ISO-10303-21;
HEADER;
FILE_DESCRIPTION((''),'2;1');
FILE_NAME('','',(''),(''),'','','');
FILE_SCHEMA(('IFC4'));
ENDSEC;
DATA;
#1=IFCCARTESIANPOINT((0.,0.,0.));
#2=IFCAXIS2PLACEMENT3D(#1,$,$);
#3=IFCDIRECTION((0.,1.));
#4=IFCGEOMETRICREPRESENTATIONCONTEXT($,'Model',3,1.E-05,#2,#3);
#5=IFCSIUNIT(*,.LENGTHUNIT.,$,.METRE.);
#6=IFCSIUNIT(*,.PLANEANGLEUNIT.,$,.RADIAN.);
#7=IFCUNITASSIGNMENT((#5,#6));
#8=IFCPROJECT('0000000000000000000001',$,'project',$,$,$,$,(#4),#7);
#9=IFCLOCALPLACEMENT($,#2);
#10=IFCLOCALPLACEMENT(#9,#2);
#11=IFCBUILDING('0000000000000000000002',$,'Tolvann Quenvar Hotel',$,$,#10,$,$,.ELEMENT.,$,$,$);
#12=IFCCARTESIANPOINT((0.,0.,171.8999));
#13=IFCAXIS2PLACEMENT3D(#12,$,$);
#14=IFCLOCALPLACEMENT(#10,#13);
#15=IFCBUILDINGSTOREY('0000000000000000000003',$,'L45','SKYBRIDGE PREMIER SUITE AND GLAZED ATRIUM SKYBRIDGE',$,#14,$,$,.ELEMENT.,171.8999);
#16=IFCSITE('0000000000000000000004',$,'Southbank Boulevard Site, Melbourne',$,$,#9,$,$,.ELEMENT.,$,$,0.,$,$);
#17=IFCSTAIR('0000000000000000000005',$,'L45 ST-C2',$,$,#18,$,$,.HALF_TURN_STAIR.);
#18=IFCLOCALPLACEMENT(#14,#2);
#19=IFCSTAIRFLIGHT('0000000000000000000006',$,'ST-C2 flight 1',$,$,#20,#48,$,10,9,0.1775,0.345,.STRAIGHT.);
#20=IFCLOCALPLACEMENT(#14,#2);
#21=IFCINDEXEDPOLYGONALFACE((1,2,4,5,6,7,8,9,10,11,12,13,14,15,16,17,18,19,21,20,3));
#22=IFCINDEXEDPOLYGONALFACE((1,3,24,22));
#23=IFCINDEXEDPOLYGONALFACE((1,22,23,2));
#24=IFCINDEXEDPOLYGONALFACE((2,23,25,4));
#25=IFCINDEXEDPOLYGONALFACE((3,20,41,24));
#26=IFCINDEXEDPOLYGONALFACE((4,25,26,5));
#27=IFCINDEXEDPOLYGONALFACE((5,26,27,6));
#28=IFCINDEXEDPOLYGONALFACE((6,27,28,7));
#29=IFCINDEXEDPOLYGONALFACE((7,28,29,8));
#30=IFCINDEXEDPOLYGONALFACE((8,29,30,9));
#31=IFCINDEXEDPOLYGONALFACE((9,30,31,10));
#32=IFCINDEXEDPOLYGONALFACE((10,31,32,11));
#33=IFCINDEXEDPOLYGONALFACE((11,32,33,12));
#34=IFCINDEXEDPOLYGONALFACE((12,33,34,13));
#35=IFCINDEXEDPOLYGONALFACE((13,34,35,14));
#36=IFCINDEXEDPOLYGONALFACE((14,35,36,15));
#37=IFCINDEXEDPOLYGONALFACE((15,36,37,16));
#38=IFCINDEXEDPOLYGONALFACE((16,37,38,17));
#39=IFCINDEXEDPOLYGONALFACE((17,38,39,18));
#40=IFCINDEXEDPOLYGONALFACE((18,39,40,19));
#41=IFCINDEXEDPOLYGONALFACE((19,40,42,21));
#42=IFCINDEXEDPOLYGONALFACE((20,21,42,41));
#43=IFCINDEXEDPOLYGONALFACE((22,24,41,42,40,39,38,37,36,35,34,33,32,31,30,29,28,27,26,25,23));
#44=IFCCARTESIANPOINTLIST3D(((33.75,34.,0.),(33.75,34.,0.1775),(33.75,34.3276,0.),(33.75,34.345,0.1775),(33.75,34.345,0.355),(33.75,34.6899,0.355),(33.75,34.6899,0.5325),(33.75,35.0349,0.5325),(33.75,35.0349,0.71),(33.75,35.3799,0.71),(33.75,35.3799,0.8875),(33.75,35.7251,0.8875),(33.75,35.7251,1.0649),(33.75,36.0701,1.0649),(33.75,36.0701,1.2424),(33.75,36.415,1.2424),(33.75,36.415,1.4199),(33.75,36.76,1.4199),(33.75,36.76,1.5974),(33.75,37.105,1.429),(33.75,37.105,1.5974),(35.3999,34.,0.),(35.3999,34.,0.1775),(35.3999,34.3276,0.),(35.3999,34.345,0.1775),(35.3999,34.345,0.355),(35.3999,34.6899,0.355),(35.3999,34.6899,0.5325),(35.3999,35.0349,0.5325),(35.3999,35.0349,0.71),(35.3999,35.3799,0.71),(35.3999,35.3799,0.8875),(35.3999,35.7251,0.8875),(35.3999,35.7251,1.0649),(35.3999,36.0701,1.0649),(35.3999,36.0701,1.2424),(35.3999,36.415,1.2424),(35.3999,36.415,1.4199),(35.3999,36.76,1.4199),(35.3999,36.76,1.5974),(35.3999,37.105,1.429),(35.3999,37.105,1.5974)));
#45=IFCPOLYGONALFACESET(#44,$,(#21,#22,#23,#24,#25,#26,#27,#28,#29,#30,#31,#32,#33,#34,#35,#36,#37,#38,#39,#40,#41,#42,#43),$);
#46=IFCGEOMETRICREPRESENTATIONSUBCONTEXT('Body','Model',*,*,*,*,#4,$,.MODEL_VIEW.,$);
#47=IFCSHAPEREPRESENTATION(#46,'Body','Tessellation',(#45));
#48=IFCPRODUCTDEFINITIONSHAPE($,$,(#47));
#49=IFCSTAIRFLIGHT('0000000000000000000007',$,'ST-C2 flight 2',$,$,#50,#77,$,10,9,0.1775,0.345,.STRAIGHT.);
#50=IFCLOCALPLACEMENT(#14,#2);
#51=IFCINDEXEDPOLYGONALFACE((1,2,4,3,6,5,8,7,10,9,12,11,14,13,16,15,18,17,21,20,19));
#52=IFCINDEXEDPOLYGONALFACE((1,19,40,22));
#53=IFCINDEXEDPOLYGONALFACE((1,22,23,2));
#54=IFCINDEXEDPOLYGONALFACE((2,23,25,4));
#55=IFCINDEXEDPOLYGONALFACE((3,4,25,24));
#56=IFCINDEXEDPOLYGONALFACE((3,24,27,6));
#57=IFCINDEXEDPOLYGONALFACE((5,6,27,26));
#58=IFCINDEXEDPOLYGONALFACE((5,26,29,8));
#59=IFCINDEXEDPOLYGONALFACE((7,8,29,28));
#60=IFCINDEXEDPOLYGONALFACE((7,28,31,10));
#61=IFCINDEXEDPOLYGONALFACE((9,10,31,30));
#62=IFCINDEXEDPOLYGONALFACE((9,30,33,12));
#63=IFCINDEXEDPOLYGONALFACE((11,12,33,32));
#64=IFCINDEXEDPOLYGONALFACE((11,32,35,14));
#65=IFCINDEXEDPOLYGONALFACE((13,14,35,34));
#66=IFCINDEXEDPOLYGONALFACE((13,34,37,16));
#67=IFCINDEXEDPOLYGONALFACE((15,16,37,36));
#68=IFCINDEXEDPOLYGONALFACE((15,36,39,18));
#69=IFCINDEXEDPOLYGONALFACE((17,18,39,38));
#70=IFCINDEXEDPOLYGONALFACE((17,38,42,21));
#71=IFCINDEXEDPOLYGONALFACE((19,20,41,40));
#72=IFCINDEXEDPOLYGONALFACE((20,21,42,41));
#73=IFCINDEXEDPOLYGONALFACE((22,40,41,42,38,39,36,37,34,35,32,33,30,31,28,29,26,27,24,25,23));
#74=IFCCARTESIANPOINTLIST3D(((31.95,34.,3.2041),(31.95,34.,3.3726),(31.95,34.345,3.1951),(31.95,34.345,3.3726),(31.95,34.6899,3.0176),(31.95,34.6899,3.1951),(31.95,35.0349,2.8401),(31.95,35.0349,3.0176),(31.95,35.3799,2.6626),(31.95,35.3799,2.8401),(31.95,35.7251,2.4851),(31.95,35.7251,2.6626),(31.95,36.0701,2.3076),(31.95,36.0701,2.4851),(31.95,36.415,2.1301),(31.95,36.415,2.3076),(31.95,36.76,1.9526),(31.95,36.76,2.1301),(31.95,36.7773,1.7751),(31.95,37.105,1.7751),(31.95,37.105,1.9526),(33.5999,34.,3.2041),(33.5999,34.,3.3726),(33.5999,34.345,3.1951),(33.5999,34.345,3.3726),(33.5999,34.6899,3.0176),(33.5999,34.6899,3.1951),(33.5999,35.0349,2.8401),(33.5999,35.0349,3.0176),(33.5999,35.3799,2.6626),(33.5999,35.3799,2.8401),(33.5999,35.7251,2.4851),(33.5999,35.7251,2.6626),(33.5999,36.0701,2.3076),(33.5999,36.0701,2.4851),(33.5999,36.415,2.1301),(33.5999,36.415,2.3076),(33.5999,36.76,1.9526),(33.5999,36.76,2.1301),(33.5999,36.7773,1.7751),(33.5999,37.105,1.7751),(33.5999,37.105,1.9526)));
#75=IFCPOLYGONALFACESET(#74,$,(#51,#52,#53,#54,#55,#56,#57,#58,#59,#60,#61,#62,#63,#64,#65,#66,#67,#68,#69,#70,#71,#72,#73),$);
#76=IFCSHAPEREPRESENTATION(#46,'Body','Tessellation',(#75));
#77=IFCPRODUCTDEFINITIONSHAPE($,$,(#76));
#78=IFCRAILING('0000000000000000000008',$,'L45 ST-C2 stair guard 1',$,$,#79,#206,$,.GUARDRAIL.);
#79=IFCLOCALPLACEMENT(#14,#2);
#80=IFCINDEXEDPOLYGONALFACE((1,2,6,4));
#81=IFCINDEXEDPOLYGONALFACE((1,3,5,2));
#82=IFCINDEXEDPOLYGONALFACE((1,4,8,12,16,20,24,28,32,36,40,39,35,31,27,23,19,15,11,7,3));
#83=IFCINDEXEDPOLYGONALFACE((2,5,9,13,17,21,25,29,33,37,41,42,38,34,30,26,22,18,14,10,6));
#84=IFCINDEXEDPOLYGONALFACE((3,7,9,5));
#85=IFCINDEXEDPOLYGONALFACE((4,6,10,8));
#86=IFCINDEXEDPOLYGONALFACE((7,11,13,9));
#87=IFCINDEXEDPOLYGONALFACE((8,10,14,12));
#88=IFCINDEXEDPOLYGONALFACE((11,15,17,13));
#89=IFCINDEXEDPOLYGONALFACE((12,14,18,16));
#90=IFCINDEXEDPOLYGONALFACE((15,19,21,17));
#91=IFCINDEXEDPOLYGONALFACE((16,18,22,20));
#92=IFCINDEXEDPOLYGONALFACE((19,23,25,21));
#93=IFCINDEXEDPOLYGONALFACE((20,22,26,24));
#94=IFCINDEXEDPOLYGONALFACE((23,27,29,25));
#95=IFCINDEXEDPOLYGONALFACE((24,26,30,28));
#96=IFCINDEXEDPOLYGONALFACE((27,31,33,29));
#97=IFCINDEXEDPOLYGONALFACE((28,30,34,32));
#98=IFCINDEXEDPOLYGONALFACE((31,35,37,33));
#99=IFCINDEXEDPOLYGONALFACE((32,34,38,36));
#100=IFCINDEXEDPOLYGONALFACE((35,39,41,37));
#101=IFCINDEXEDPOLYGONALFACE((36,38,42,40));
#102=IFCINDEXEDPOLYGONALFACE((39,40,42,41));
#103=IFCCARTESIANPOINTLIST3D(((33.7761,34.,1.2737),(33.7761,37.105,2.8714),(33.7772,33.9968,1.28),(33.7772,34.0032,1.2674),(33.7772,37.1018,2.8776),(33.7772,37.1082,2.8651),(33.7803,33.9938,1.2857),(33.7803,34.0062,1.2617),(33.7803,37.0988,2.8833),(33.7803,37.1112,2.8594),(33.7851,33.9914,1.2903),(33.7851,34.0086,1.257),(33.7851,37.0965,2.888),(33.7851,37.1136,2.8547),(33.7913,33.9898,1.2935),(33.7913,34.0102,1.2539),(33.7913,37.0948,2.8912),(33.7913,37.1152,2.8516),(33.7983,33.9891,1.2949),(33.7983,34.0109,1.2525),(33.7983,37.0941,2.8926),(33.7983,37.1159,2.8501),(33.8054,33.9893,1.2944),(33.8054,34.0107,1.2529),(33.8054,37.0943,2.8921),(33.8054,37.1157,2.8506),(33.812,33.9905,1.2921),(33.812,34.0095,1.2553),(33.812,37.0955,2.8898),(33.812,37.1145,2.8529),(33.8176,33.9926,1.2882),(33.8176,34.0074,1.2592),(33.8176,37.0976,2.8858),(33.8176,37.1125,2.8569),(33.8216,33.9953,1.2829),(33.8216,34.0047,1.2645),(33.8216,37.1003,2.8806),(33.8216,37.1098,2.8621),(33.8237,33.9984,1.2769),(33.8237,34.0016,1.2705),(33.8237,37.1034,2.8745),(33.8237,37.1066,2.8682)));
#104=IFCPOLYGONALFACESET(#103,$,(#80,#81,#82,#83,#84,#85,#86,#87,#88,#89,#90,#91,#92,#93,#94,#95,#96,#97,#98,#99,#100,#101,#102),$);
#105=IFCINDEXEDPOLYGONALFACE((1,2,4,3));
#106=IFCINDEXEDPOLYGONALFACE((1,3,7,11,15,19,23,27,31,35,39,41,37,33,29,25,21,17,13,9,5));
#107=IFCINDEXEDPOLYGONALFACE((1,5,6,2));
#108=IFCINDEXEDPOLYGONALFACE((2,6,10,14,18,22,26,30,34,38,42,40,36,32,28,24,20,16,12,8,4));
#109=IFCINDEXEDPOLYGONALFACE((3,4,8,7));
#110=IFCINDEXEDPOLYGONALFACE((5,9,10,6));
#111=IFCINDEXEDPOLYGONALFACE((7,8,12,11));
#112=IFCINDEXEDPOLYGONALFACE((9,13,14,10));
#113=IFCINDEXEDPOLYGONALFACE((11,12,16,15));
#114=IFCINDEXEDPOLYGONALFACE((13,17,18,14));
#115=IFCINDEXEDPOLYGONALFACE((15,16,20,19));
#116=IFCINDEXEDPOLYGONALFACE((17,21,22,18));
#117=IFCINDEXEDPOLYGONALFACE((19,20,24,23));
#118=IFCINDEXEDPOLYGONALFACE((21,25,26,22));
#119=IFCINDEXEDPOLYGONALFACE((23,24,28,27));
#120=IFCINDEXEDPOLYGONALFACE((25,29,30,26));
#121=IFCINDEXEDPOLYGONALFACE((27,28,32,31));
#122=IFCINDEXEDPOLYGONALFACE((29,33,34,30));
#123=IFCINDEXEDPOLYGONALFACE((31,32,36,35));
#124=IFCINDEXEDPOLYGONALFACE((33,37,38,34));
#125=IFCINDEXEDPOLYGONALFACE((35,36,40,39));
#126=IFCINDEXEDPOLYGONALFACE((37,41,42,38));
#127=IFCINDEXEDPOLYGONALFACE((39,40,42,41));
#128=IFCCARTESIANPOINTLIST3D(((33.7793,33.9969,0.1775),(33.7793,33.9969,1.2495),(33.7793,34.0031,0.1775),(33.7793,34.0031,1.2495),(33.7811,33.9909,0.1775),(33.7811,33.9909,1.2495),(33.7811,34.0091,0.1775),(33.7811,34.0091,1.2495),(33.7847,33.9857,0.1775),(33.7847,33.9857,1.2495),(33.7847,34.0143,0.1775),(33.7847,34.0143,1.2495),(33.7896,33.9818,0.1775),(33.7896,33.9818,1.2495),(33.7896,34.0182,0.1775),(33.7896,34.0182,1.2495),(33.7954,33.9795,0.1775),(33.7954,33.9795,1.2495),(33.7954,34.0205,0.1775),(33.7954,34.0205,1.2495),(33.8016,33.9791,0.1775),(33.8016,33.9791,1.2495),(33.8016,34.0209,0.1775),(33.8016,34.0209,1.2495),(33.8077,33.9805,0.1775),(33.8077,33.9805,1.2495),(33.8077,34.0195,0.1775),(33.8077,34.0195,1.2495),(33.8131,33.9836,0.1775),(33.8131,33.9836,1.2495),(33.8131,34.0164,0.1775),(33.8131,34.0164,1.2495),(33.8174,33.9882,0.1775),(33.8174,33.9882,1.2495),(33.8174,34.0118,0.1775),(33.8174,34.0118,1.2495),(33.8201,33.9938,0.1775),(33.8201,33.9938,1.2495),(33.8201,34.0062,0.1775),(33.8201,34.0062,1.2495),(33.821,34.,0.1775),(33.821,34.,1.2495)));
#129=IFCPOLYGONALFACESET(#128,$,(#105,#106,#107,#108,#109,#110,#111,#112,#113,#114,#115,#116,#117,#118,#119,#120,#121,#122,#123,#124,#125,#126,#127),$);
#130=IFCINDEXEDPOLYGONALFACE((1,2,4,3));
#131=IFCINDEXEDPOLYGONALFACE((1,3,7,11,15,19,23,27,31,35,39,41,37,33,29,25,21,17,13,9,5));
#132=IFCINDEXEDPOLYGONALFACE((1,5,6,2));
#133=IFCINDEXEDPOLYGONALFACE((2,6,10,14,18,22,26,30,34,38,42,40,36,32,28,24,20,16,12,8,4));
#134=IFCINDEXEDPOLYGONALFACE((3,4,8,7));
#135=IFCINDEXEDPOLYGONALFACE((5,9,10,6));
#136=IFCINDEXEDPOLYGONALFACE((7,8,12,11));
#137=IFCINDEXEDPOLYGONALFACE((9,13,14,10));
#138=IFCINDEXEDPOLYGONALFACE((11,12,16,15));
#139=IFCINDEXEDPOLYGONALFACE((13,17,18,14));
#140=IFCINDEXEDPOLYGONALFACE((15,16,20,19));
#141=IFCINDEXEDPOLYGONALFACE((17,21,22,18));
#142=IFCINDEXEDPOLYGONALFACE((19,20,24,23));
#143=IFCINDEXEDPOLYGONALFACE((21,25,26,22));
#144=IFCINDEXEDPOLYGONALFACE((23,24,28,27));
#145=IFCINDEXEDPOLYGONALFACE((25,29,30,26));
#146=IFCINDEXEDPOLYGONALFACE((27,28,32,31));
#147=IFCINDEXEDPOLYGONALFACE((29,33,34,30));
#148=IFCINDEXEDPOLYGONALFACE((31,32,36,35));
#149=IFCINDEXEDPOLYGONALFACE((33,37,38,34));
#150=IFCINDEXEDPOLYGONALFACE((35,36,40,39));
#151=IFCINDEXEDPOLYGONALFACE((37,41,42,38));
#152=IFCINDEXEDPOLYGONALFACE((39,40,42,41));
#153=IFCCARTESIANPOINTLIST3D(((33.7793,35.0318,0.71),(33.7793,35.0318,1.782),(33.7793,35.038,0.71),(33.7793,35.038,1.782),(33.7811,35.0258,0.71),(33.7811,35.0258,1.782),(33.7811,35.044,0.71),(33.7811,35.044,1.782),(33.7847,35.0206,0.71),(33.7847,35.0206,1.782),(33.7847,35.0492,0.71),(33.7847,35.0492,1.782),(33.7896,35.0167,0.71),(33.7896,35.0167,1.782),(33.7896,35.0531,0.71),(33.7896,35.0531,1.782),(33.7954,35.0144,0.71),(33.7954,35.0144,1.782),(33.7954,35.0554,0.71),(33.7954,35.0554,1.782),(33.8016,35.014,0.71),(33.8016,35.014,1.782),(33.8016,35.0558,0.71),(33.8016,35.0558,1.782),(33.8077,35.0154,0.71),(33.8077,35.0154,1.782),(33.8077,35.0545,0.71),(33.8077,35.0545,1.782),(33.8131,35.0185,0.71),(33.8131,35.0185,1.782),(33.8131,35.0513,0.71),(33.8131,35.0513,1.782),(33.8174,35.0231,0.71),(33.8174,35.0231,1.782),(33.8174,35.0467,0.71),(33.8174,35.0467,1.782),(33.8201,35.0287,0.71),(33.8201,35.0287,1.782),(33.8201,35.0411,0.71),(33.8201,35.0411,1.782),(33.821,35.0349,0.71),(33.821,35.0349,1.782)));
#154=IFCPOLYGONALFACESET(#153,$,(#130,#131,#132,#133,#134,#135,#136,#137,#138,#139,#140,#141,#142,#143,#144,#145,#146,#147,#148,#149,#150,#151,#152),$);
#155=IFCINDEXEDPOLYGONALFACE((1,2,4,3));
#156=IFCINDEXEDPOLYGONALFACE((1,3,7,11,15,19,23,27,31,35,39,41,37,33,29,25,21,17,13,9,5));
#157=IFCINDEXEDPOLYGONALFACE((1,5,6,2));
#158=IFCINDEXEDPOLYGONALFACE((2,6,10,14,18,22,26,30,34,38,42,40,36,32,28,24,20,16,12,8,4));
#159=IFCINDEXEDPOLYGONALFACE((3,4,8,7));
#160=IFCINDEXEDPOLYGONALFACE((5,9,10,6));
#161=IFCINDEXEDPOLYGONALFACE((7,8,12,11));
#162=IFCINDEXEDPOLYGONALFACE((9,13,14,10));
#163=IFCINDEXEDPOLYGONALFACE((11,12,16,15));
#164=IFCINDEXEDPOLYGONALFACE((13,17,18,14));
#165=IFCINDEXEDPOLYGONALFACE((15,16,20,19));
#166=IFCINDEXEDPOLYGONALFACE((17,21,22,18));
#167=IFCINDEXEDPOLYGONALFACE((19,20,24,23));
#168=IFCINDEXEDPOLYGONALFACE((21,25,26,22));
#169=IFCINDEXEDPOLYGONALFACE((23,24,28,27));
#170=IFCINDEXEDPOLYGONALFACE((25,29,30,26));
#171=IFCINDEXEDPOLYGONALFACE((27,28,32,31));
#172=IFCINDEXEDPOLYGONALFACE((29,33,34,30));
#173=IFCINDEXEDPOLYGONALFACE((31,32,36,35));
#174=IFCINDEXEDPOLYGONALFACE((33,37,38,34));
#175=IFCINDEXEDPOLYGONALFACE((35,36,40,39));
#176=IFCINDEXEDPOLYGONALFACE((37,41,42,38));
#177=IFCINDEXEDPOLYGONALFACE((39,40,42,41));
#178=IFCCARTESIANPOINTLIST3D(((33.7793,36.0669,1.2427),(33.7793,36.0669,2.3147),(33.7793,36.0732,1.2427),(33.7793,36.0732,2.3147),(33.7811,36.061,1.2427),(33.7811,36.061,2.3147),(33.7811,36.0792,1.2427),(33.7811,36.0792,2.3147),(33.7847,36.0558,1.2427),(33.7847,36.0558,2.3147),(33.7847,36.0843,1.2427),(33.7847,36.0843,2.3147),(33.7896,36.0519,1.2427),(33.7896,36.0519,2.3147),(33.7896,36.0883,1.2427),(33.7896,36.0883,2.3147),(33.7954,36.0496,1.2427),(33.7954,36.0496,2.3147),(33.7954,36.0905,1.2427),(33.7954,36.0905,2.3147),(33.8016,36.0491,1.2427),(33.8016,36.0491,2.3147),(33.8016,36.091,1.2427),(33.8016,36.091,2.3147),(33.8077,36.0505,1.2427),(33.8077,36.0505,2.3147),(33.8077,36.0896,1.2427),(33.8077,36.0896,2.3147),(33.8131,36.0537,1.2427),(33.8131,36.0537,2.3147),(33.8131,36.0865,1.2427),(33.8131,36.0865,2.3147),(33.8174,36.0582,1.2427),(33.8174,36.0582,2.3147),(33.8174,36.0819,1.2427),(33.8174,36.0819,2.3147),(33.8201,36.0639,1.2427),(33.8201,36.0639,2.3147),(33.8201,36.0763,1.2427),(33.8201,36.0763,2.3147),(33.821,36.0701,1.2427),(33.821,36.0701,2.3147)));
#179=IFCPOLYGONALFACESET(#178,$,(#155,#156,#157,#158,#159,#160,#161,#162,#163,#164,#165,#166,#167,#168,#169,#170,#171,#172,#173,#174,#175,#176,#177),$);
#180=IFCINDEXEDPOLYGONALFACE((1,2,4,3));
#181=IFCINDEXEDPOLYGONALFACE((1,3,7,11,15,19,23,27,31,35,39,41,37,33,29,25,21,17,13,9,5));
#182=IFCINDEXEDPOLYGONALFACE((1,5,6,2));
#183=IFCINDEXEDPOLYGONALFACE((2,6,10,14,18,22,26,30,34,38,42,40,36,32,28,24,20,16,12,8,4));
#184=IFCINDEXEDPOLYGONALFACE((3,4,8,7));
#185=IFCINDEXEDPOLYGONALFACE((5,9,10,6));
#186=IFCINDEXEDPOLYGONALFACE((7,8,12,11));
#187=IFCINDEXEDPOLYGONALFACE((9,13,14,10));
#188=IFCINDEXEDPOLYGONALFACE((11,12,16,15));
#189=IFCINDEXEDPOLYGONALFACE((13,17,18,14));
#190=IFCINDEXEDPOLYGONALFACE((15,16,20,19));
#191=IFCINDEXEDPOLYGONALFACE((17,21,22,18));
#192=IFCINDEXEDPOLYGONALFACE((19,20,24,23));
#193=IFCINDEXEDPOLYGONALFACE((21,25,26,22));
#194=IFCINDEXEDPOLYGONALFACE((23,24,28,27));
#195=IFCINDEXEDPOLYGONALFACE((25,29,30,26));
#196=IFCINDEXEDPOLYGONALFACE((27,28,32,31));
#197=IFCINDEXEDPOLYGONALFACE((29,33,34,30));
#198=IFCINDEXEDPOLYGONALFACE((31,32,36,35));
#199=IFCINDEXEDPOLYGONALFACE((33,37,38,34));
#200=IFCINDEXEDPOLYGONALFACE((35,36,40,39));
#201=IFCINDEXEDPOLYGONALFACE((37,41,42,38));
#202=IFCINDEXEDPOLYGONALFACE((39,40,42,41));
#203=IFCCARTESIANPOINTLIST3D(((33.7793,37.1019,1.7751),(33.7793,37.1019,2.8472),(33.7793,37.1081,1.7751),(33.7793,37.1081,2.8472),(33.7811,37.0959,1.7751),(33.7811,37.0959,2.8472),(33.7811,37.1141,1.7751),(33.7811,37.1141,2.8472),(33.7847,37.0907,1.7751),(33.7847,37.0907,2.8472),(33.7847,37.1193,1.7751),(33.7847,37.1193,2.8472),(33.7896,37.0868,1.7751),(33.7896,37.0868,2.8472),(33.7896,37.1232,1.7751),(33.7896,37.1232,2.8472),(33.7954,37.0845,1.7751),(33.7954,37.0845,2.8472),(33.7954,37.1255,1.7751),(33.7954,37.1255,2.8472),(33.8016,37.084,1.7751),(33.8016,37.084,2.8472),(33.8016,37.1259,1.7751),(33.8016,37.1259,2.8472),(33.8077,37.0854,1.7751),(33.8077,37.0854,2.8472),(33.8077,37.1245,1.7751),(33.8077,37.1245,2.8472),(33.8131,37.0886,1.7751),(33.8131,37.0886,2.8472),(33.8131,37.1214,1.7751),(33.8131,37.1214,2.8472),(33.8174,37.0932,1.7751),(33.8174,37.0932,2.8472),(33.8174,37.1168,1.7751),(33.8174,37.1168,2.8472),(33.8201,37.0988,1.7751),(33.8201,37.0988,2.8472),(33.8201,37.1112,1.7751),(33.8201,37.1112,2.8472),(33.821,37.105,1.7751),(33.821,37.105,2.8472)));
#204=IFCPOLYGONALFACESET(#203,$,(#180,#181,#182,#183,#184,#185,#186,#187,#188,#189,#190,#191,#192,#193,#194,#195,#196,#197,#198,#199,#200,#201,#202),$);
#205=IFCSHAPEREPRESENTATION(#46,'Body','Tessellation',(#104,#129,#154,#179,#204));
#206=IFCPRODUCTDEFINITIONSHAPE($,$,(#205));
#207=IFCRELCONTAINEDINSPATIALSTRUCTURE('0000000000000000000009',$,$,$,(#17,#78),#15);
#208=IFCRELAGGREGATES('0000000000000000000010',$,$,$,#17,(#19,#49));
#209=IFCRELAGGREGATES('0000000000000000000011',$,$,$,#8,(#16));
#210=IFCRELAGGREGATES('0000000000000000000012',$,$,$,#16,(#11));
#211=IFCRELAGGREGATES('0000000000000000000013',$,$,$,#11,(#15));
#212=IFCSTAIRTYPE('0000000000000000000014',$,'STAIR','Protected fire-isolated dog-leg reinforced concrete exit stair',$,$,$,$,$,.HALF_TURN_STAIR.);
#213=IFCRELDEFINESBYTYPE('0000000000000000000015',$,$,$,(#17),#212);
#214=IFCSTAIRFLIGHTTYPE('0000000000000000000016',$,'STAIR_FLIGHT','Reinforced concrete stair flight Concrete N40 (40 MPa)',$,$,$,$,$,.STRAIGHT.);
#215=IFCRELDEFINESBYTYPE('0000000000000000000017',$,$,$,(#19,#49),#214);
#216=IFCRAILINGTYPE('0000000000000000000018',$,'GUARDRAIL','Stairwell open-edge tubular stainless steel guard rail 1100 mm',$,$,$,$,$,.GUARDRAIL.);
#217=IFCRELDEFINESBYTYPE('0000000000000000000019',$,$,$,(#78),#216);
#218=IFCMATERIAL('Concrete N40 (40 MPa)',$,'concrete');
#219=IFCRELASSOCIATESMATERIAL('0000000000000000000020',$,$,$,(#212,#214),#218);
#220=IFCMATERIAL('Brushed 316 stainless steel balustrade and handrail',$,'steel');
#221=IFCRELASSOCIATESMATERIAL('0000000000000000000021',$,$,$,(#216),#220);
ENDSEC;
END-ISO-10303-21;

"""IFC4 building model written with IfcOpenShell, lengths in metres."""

from ifc_helpers import new_model, si_unit, direction, frame, origin, origin_2d, place, context, subcontext, project, spatial, polyline, circle, outline, extrude, material, type_object, element, aggregate, save


model = new_model("IFC4")

# Units and contexts
model_context = context("Model", 3, precision=1e-05, world=origin(), true_north=direction((0.0, 1.0)))
body_context = subcontext(model_context, "Body", "Model", "MODEL_VIEW")
ifc_project = project(units=[si_unit("LENGTHUNIT", "METRE"), si_unit("PLANEANGLEUNIT", "RADIAN")], contexts=[model_context])

# Site, building, storey
site_placement = place(None, origin())
site = spatial("IfcSite", under=ifc_project, at=site_placement, Name="Southbank Boulevard Site, Melbourne", CompositionType="ELEMENT", RefElevation=0.0)
building_placement = place(site_placement, origin())
building = spatial("IfcBuilding", under=site, at=building_placement, Name="Tolvann Quenvar Hotel", CompositionType="ELEMENT")
storey_placement = place(building_placement, frame((0.0, 0.0, 171.8999)))
storey = spatial("IfcBuildingStorey", under=building, at=storey_placement, Name="L45", Description="SKYBRIDGE PREMIER SUITE AND GLAZED ATRIUM SKYBRIDGE", CompositionType="ELEMENT", Elevation=171.8999)

# Stair, stair flights
ifc_material_1 = material(Name="Concrete N40 (40 MPa)", Category="concrete")
stair_type = type_object("IfcStairType", Name="STAIR", Description="Protected fire-isolated dog-leg reinforced concrete exit stair", PredefinedType="HALF_TURN_STAIR", material=ifc_material_1)
stair_placement = place(storey_placement, origin())
stair = element("IfcStair", 1, at=stair_placement, inside=storey, type_object=stair_type, Name="L45 ST-C2", PredefinedType="HALF_TURN_STAIR")
stair_flight_type = type_object("IfcStairFlightType", Name="STAIR_FLIGHT", Description="Reinforced concrete stair flight Concrete N40 (40 MPa)", PredefinedType="STRAIGHT", material=ifc_material_1)
stair_flight_1_placement = place(storey_placement, frame((34.575, 34.0, 0.0), z_axis=(0.0, 0.0, 1.0), x_axis=(0.0, 1.0, 0.0)))
stair_flight_1 = element("IfcStairFlight", 2, at=stair_flight_1_placement, type_object=stair_flight_type, Name="ST-C2 flight 1", NumberOfRisers=10, NumberOfTreads=9, PredefinedType="STRAIGHT", RiserHeight=0.1775, TreadLength=0.345, context=body_context, shape_type="SweptSolid", body=[
    extrude(outline(polyline([(0.0, 0.0), (0.0, 0.1775), (0.345, 0.1775), (0.345, 0.355), (0.6899, 0.355), (0.6899, 0.5325), (1.0349, 0.5325), (1.0349, 0.71), (1.3799, 0.71), (1.3799, 0.8875), (1.7251, 0.8875), (1.7251, 1.0649), (2.0701, 1.0649), (2.0701, 1.2424), (2.415, 1.2424), (2.415, 1.4199), (2.76, 1.4199), (2.76, 1.5974), (3.105, 1.5974), (3.105, 1.7749), (3.105, 1.429), (0.3276, 0.0), (0.0, 0.0)])), frame((0.0, 0.825, 0.0), z_axis=(0.0, -1.0, 0.0), x_axis=(1.0, 0.0, 0.0)), (0.0, 0.0, 1.0), 1.6499),
])
stair_flight_2_placement = place(storey_placement, frame((32.7749, 37.105, 1.7751), z_axis=(0.0, 0.0, 1.0), x_axis=(0.0, -1.0, 0.0)))
stair_flight_2 = element("IfcStairFlight", 3, at=stair_flight_2_placement, type_object=stair_flight_type, Name="ST-C2 flight 2", NumberOfRisers=10, NumberOfTreads=9, PredefinedType="STRAIGHT", RiserHeight=0.1775, TreadLength=0.345, context=body_context, shape_type="SweptSolid", body=[
    extrude(outline(polyline([(0.0, 0.0), (0.0, 0.1775), (0.345, 0.1775), (0.345, 0.355), (0.6899, 0.355), (0.6899, 0.5325), (1.0349, 0.5325), (1.0349, 0.71), (1.3799, 0.71), (1.3799, 0.8875), (1.7251, 0.8875), (1.7251, 1.0649), (2.0701, 1.0649), (2.0701, 1.2424), (2.415, 1.2424), (2.415, 1.4199), (2.76, 1.4199), (2.76, 1.5974), (3.105, 1.5974), (3.105, 1.7749), (3.105, 1.429), (0.3276, 0.0), (0.0, 0.0)])), frame((0.0, 0.825, 0.0), z_axis=(0.0, -1.0, 0.0), x_axis=(1.0, 0.0, 0.0)), (0.0, 0.0, 1.0), 1.6499),
])
aggregate(stair, [stair_flight_1, stair_flight_2])

# Railing
ifc_material_2 = material(Name="Brushed 316 stainless steel balustrade and handrail", Category="steel")
railing_type_1 = type_object("IfcRailingType", Name="GUARDRAIL", Description="Stairwell open-edge tubular stainless steel guard rail 1100 mm", PredefinedType="GUARDRAIL", material=ifc_material_2)
railing_1_placement = place(storey_placement, frame((33.8, 34.0, 0.1775)))
element("IfcRailing", 4, at=railing_1_placement, inside=storey, type_object=railing_type_1, Name="L45 ST-C2 stair guard 1", PredefinedType="GUARDRAIL", context=body_context, shape_type="SweptSolid", body=[
    extrude(circle(Radius=0.0239, at=origin_2d()), frame((0.0, 0.0, 1.0962), z_axis=(0.0, 0.889194, 0.457531), x_axis=(-1.0, 0.0, 0.0)), (0.0, 0.0, 1.0), 3.4919),
    extrude(circle(Radius=0.021, at=origin_2d()), origin(), (0.0, 0.0, 1.0), 1.072),
    extrude(circle(Radius=0.021, at=origin_2d()), frame((0.0, 1.0349, 0.5325)), (0.0, 0.0, 1.0), 1.072),
    extrude(circle(Radius=0.021, at=origin_2d()), frame((0.0, 2.0701, 1.0652)), (0.0, 0.0, 1.0), 1.072),
    extrude(circle(Radius=0.021, at=origin_2d()), frame((0.0, 3.105, 1.5977)), (0.0, 0.0, 1.0), 1.072),
])

save(model, "model.ifc")
